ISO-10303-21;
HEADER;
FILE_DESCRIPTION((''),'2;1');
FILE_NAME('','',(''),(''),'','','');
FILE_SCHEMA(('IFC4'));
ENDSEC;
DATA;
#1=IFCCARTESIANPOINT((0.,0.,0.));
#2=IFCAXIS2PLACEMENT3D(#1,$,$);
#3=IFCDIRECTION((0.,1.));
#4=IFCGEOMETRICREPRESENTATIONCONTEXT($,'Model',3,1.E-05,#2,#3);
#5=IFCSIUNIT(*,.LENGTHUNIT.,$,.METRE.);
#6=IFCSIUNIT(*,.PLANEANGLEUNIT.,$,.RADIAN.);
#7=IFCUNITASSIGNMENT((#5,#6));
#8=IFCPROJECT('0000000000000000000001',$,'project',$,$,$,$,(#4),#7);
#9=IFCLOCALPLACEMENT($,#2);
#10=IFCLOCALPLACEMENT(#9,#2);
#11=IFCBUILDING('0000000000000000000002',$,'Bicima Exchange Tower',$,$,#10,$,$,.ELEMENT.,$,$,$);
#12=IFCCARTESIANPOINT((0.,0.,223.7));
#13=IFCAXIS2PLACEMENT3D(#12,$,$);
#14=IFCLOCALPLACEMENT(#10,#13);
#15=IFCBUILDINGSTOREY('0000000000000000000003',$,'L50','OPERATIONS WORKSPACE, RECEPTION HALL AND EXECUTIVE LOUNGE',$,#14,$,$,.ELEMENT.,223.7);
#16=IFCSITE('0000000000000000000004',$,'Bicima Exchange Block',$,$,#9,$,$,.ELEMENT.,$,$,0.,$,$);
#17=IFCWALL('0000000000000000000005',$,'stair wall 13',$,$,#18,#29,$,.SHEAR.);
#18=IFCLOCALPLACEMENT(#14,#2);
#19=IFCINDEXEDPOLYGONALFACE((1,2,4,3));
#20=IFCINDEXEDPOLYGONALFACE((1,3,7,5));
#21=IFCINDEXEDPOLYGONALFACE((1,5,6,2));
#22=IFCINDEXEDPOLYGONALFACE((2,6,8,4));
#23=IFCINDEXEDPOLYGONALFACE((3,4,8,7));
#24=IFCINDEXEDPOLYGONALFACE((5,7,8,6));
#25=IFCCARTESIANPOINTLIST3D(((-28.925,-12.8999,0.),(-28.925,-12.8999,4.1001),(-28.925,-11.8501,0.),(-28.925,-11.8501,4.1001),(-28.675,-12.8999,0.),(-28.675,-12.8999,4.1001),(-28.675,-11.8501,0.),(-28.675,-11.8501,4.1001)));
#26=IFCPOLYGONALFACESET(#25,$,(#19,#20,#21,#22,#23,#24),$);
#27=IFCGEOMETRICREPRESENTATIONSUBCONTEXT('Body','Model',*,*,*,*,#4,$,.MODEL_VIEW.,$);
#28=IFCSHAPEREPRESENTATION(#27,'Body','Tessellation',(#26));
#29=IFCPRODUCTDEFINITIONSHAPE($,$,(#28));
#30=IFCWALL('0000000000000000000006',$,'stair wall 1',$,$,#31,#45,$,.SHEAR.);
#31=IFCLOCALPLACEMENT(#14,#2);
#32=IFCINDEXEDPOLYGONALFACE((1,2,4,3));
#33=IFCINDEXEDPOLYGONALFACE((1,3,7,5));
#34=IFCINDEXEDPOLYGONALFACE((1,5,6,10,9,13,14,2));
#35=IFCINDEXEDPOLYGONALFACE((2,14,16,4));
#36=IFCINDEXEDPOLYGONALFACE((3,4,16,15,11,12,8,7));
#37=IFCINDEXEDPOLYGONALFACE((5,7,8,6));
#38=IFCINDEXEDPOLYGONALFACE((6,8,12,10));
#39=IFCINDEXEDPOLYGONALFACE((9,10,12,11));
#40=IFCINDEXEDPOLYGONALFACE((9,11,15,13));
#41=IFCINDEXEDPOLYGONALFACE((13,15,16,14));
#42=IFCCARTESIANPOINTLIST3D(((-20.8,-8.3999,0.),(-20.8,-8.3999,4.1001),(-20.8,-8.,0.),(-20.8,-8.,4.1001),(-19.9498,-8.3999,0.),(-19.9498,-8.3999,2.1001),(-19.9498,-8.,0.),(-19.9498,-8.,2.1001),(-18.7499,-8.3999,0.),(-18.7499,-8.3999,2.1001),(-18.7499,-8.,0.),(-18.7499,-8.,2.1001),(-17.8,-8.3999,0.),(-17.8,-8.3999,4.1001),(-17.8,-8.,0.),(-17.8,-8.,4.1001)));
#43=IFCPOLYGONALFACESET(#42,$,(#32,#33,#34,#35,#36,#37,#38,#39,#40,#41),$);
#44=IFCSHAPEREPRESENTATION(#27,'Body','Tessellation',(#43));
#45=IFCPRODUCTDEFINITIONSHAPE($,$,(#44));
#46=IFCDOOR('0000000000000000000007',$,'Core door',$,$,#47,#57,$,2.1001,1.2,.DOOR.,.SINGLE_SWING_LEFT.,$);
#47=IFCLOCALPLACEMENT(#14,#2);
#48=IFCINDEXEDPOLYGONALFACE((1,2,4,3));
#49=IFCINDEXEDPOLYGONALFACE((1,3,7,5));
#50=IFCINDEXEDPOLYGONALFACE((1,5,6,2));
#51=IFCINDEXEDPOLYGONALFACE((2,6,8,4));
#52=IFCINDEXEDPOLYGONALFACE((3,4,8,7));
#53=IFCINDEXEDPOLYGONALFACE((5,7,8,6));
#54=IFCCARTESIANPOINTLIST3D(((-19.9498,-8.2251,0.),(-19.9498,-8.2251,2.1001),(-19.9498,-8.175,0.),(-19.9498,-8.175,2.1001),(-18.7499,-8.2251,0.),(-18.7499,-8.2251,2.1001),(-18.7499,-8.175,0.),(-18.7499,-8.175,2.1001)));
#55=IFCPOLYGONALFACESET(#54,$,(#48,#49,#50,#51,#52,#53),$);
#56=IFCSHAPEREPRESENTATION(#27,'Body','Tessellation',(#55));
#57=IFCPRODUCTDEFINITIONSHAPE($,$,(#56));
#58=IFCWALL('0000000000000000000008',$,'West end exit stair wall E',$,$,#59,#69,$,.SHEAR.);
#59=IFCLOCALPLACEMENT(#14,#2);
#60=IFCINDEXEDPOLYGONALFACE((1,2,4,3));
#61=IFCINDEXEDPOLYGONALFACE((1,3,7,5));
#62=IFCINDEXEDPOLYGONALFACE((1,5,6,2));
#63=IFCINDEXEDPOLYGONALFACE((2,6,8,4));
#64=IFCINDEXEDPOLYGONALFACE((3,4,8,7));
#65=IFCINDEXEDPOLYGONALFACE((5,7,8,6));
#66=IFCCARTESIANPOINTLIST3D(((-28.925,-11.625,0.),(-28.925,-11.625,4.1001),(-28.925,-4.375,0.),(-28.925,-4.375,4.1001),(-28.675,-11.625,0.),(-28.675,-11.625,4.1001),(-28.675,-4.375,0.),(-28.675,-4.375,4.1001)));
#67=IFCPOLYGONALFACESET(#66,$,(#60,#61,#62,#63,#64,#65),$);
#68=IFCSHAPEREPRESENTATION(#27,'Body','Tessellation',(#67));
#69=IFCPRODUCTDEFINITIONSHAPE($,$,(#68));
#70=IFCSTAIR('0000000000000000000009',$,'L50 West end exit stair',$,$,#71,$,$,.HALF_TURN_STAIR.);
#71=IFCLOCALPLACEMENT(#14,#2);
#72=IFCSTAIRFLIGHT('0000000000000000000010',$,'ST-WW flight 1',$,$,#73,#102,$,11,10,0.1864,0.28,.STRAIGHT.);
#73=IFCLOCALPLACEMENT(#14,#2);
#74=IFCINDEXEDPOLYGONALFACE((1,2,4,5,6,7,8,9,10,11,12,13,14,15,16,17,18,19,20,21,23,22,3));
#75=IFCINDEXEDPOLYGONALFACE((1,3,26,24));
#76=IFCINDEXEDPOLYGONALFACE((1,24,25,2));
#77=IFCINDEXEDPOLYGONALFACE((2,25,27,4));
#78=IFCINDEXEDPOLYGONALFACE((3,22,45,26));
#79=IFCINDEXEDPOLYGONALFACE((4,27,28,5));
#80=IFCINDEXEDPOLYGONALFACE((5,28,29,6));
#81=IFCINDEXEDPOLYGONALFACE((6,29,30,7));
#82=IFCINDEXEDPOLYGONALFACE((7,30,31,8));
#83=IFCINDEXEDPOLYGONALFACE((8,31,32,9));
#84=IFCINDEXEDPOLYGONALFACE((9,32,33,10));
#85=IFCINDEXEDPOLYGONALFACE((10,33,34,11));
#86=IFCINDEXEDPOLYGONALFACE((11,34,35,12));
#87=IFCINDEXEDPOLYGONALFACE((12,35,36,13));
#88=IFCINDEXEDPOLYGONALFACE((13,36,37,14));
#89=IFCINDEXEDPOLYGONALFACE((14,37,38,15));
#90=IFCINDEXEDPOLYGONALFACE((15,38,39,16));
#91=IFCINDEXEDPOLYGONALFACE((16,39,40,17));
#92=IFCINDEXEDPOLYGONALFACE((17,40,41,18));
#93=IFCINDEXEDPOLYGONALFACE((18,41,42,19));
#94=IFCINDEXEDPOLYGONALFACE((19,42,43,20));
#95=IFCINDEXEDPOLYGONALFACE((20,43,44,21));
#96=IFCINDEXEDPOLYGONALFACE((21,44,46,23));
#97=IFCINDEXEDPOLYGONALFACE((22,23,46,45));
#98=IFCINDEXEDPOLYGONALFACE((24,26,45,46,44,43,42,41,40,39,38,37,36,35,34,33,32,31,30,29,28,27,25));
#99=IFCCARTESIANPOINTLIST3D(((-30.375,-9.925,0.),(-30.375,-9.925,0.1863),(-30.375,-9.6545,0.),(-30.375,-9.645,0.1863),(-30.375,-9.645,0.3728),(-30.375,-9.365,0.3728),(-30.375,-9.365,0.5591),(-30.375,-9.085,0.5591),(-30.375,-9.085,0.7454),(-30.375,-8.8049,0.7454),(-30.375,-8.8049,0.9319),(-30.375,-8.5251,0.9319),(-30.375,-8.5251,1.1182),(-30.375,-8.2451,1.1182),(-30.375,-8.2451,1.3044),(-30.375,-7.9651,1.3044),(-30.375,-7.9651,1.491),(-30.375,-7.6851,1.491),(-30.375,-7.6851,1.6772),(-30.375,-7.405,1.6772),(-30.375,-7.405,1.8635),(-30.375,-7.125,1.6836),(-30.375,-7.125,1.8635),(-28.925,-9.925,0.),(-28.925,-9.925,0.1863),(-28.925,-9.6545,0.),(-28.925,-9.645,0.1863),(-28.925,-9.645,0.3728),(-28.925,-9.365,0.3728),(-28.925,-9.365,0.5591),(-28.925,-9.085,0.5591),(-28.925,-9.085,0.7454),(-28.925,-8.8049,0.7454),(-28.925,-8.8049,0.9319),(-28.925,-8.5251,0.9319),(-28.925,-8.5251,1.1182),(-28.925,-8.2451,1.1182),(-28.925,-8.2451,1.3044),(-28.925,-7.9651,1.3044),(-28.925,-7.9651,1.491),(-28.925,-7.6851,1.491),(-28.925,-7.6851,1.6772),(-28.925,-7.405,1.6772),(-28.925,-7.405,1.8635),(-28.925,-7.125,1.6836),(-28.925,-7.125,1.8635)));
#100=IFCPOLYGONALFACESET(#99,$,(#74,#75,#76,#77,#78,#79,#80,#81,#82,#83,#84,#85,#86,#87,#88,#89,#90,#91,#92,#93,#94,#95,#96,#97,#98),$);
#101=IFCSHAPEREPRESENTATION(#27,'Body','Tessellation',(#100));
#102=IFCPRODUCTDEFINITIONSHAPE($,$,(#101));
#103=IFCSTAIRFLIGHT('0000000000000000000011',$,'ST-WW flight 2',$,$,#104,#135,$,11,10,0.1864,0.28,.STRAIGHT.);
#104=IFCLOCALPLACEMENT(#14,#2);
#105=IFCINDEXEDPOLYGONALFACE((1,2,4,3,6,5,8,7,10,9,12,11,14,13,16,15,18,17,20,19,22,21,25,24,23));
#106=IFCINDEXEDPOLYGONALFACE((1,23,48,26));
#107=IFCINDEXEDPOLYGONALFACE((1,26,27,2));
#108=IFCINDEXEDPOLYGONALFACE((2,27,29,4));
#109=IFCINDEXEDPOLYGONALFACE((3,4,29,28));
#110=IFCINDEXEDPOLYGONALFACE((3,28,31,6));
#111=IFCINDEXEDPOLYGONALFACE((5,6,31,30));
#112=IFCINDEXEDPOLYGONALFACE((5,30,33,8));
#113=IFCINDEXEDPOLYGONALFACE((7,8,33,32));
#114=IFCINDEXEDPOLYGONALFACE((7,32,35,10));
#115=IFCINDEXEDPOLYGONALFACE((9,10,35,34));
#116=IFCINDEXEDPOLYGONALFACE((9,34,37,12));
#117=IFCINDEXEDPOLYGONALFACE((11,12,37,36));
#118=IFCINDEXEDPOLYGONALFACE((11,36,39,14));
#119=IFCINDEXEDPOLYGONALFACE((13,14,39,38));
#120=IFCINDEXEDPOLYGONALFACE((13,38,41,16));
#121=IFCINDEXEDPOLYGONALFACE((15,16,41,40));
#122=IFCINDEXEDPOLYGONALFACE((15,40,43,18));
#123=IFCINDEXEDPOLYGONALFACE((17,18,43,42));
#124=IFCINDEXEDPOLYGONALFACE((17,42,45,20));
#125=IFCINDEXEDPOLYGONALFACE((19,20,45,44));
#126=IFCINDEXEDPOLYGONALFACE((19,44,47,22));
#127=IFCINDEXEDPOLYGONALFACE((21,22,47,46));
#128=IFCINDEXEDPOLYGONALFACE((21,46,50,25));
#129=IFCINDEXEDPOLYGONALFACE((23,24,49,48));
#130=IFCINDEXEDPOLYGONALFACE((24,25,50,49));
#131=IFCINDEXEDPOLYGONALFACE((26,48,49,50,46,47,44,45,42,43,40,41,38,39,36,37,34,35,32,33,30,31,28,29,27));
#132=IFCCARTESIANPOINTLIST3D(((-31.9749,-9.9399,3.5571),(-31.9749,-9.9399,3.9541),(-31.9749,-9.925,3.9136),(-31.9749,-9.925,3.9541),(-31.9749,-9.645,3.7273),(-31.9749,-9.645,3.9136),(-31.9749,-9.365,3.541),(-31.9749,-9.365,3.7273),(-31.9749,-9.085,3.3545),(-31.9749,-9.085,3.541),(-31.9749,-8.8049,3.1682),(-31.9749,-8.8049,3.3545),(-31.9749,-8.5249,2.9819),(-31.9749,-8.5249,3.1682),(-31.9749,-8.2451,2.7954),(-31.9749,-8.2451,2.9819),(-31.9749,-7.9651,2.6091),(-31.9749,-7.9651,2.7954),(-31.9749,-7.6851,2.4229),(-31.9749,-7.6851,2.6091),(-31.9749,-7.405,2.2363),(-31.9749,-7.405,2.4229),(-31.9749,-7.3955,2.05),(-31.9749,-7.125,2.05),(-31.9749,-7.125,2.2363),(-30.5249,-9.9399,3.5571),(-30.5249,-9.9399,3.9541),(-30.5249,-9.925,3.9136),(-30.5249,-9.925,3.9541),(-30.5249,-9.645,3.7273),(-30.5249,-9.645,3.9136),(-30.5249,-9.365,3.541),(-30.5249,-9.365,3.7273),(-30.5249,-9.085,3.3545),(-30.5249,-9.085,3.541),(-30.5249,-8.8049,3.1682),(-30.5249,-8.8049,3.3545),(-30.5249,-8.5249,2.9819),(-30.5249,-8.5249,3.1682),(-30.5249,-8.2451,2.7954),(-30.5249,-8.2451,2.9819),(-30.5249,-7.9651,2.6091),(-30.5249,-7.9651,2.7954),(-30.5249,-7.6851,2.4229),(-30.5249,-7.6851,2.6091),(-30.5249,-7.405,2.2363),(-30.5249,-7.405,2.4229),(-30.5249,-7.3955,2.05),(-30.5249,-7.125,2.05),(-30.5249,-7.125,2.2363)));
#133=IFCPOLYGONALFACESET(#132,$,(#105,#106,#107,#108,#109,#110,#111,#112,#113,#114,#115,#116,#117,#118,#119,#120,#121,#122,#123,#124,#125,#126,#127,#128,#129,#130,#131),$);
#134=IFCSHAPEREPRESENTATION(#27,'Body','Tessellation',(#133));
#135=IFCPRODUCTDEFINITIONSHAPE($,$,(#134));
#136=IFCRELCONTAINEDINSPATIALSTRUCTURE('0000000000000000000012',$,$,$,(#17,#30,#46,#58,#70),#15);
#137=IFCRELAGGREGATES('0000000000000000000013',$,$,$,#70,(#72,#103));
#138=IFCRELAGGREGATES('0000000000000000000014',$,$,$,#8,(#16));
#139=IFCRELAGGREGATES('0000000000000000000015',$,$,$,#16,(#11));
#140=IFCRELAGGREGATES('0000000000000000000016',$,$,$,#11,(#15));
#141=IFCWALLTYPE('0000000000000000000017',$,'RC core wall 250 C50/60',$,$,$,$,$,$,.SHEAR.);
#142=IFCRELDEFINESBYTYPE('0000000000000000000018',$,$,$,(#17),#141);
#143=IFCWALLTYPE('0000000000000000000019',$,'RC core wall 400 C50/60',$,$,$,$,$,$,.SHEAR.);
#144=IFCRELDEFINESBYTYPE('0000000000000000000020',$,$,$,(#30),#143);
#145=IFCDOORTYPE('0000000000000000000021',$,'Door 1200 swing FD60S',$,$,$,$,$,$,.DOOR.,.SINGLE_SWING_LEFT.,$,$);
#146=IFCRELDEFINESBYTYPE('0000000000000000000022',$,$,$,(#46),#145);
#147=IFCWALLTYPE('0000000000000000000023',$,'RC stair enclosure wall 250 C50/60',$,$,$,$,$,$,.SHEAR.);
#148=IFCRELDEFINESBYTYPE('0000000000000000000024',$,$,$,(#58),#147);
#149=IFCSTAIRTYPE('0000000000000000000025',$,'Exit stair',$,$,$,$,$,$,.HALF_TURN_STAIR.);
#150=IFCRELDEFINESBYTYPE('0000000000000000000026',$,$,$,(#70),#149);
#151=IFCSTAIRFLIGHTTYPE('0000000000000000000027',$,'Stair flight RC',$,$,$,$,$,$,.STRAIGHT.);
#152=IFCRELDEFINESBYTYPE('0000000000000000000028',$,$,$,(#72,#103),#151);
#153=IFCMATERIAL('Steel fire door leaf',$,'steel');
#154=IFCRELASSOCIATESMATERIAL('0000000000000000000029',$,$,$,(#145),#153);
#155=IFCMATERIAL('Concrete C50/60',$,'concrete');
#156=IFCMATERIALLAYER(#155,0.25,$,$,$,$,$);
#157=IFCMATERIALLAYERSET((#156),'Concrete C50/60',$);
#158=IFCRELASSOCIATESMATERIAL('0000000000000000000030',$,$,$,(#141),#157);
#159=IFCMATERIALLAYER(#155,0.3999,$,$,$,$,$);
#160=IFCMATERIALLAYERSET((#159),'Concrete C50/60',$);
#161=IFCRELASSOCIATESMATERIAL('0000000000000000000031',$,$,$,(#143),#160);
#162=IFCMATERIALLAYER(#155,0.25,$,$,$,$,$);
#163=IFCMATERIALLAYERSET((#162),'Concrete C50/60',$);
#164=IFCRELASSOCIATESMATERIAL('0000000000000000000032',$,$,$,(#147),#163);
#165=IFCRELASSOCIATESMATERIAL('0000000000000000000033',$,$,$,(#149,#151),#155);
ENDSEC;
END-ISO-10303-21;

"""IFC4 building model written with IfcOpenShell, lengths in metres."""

from ifc_helpers import new_model, si_unit, direction, frame, frame_2d, origin, place, context, subcontext, project, spatial, polyline, rectangle, outline, extrude, material, layer, layer_set, type_object, element, fill, aggregate, save


model = new_model("IFC4")

# Units and contexts
model_context = context("Model", 3, precision=1e-05, world=origin(), true_north=direction((0.0, 1.0)))
body_context = subcontext(model_context, "Body", "Model", "MODEL_VIEW")
ifc_project = project(units=[si_unit("LENGTHUNIT", "METRE"), si_unit("PLANEANGLEUNIT", "RADIAN")], contexts=[model_context])

# Site, building, storey
site_placement = place(None, origin())
site = spatial("IfcSite", under=ifc_project, at=site_placement, Name="Bicima Exchange Block", CompositionType="ELEMENT", RefElevation=0.0)
building_placement = place(site_placement, origin())
building = spatial("IfcBuilding", under=site, at=building_placement, Name="Bicima Exchange Tower", CompositionType="ELEMENT")
storey_placement = place(building_placement, frame((0.0, 0.0, 223.7)))
storey = spatial("IfcBuildingStorey", under=building, at=storey_placement, Name="L50", Description="OPERATIONS WORKSPACE, RECEPTION HALL AND EXECUTIVE LOUNGE", CompositionType="ELEMENT", Elevation=223.7)

# Shared definitions
ifc_material_1 = material(Name="Concrete C50/60", Category="concrete")
ifc_material_2 = material(Name="Steel fire door leaf", Category="steel")
door_type_1 = type_object("IfcDoorType", Name="Door 1200 swing FD60S", OperationType="SINGLE_SWING_LEFT", PredefinedType="DOOR", material=ifc_material_2)

# Wall
ifc_layer_1 = layer(ifc_material_1, 0.25)
ifc_layer_set_1 = layer_set([ifc_layer_1], Name="Concrete C50/60")
wall_type_1 = type_object("IfcWallType", Name="RC core wall 250 C50/60", PredefinedType="SHEAR", material=ifc_layer_set_1)
wall_1_placement = place(storey_placement, frame((-28.8, -12.8999, 0.0), z_axis=(0.0, 0.0, 1.0), x_axis=(0.0, 1.0, 0.0)))
element("IfcWall", 1, at=wall_1_placement, inside=storey, type_object=wall_type_1, Name="stair wall 13", PredefinedType="SHEAR", context=body_context, shape_type="SweptSolid", body=[
    extrude(rectangle(XDim=1.0498, YDim=0.25, at=frame_2d((0.5249, 0.0))), origin(), (0.0, 0.0, 1.0), 4.1001),
])

# Wall, opening, door
ifc_layer_2 = layer(ifc_material_1, 0.3999)
ifc_layer_set_2 = layer_set([ifc_layer_2], Name="Concrete C50/60")
wall_type_2 = type_object("IfcWallType", Name="RC core wall 400 C50/60", PredefinedType="SHEAR", material=ifc_layer_set_2)
wall_2_placement = place(storey_placement, frame((-20.8, -8.2, 0.0), z_axis=(0.0, 0.0, 1.0), x_axis=(1.0, 0.0, 0.0)))
wall_2 = element("IfcWall", 2, at=wall_2_placement, inside=storey, type_object=wall_type_2, Name="stair wall 1", PredefinedType="SHEAR", context=body_context, shape_type="SweptSolid", body=[
    extrude(rectangle(XDim=3.0, YDim=0.3999, at=frame_2d((1.5, 0.0))), origin(), (0.0, 0.0, 1.0), 4.1001),
])
opening_1_placement = place(wall_2_placement, frame((0.8501, 0.0, 0.0)))
opening_1 = element("IfcOpeningElement", 3, at=opening_1_placement, cuts=wall_2, PredefinedType="OPENING", context=body_context, shape_type="SweptSolid", body=[
    extrude(rectangle(XDim=1.2, YDim=2.1001, at=frame_2d((0.6001, 1.05))), frame((0.0, 0.2119, 0.0), z_axis=(0.0, -1.0, 0.0), x_axis=(1.0, 0.0, 0.0)), (0.0, 0.0, 1.0), 0.4238),
])
door_1_placement = place(opening_1_placement, origin())
door_1 = element("IfcDoor", 4, at=door_1_placement, inside=storey, type_object=door_type_1, Name="Core door", OperationType="SINGLE_SWING_LEFT", OverallHeight=2.1001, OverallWidth=1.2, PredefinedType="DOOR", context=body_context, shape_type="SweptSolid", body=[
    extrude(rectangle(XDim=1.2, YDim=2.1001, at=frame_2d((0.6001, 1.05))), frame((0.0, 0.0249, 0.0), z_axis=(0.0, -1.0, 0.0), x_axis=(1.0, 0.0, 0.0)), (0.0, 0.0, 1.0), 0.05),
])
fill(opening_1, door_1)

# Wall
ifc_layer_3 = layer(ifc_material_1, 0.25)
ifc_layer_set_3 = layer_set([ifc_layer_3], Name="Concrete C50/60")
wall_type_3 = type_object("IfcWallType", Name="RC stair enclosure wall 250 C50/60", PredefinedType="SHEAR", material=ifc_layer_set_3)
wall_3_placement = place(storey_placement, frame((-28.8, -11.625, 0.0), z_axis=(0.0, 0.0, 1.0), x_axis=(0.0, 1.0, 0.0)))
element("IfcWall", 5, at=wall_3_placement, inside=storey, type_object=wall_type_3, Name="West end exit stair wall E", PredefinedType="SHEAR", context=body_context, shape_type="SweptSolid", body=[
    extrude(rectangle(XDim=7.25, YDim=0.25, at=frame_2d((3.625, 0.0))), origin(), (0.0, 0.0, 1.0), 4.1001),
])

# Stair, stair flights
stair_type = type_object("IfcStairType", Name="Exit stair", PredefinedType="HALF_TURN_STAIR", material=ifc_material_1)
stair_placement = place(storey_placement, origin())
stair = element("IfcStair", 6, at=stair_placement, inside=storey, type_object=stair_type, Name="L50 West end exit stair", PredefinedType="HALF_TURN_STAIR")
stair_flight_type = type_object("IfcStairFlightType", Name="Stair flight RC", PredefinedType="STRAIGHT", material=ifc_material_1)
stair_flight_1_placement = place(storey_placement, frame((-29.6499, -9.925, 0.0), z_axis=(0.0, 0.0, 1.0), x_axis=(0.0, 1.0, 0.0)))
stair_flight_1 = element("IfcStairFlight", 7, at=stair_flight_1_placement, type_object=stair_flight_type, Name="ST-WW flight 1", NumberOfRisers=11, NumberOfTreads=10, PredefinedType="STRAIGHT", RiserHeight=0.1864, TreadLength=0.28, context=body_context, shape_type="SweptSolid", body=[
    extrude(outline(polyline([(0.0, 0.0), (0.0, 0.1863), (0.28, 0.1863), (0.28, 0.3728), (0.5601, 0.3728), (0.5601, 0.5591), (0.8401, 0.5591), (0.8401, 0.7454), (1.1201, 0.7454), (1.1201, 0.9319), (1.3999, 0.9319), (1.3999, 1.1182), (1.6799, 1.1182), (1.6799, 1.3044), (1.96, 1.3044), (1.96, 1.491), (2.24, 1.491), (2.24, 1.6772), (2.52, 1.6772), (2.52, 1.8635), (2.8, 1.8635), (2.8, 2.05), (2.8, 1.6836), (0.2705, 0.0), (0.0, 0.0)])), frame((0.0, 0.7251, 0.0), z_axis=(0.0, -1.0, 0.0), x_axis=(1.0, 0.0, 0.0)), (0.0, 0.0, 1.0), 1.45),
])
stair_flight_2_placement = place(storey_placement, frame((-31.25, -7.125, 2.05), z_axis=(0.0, 0.0, 1.0), x_axis=(0.0, -1.0, 0.0)))
stair_flight_2 = element("IfcStairFlight", 8, at=stair_flight_2_placement, type_object=stair_flight_type, Name="ST-WW flight 2", NumberOfRisers=11, NumberOfTreads=10, PredefinedType="STRAIGHT", RiserHeight=0.1864, TreadLength=0.28, context=body_context, shape_type="SweptSolid", body=[
    extrude(outline(polyline([(0.0, 0.0), (0.0, 0.1863), (0.28, 0.1863), (0.28, 0.3728), (0.5601, 0.3728), (0.5601, 0.5591), (0.8401, 0.5591), (0.8401, 0.7454), (1.1201, 0.7454), (1.1201, 0.9319), (1.3999, 0.9319), (1.3999, 1.1182), (1.6799, 1.1182), (1.6799, 1.3044), (1.96, 1.3044), (1.96, 1.491), (2.24, 1.491), (2.24, 1.6772), (2.52, 1.6772), (2.52, 1.8635), (2.8, 1.8635), (2.8, 1.9041), (2.8149, 1.9041), (2.8149, 1.5071), (0.2705, 0.0), (0.0, 0.0)])), frame((0.0, 0.7251, 0.0), z_axis=(0.0, -1.0, 0.0), x_axis=(1.0, 0.0, 0.0)), (0.0, 0.0, 1.0), 1.45),
])
aggregate(stair, [stair_flight_1, stair_flight_2])

save(model, "model.ifc")
